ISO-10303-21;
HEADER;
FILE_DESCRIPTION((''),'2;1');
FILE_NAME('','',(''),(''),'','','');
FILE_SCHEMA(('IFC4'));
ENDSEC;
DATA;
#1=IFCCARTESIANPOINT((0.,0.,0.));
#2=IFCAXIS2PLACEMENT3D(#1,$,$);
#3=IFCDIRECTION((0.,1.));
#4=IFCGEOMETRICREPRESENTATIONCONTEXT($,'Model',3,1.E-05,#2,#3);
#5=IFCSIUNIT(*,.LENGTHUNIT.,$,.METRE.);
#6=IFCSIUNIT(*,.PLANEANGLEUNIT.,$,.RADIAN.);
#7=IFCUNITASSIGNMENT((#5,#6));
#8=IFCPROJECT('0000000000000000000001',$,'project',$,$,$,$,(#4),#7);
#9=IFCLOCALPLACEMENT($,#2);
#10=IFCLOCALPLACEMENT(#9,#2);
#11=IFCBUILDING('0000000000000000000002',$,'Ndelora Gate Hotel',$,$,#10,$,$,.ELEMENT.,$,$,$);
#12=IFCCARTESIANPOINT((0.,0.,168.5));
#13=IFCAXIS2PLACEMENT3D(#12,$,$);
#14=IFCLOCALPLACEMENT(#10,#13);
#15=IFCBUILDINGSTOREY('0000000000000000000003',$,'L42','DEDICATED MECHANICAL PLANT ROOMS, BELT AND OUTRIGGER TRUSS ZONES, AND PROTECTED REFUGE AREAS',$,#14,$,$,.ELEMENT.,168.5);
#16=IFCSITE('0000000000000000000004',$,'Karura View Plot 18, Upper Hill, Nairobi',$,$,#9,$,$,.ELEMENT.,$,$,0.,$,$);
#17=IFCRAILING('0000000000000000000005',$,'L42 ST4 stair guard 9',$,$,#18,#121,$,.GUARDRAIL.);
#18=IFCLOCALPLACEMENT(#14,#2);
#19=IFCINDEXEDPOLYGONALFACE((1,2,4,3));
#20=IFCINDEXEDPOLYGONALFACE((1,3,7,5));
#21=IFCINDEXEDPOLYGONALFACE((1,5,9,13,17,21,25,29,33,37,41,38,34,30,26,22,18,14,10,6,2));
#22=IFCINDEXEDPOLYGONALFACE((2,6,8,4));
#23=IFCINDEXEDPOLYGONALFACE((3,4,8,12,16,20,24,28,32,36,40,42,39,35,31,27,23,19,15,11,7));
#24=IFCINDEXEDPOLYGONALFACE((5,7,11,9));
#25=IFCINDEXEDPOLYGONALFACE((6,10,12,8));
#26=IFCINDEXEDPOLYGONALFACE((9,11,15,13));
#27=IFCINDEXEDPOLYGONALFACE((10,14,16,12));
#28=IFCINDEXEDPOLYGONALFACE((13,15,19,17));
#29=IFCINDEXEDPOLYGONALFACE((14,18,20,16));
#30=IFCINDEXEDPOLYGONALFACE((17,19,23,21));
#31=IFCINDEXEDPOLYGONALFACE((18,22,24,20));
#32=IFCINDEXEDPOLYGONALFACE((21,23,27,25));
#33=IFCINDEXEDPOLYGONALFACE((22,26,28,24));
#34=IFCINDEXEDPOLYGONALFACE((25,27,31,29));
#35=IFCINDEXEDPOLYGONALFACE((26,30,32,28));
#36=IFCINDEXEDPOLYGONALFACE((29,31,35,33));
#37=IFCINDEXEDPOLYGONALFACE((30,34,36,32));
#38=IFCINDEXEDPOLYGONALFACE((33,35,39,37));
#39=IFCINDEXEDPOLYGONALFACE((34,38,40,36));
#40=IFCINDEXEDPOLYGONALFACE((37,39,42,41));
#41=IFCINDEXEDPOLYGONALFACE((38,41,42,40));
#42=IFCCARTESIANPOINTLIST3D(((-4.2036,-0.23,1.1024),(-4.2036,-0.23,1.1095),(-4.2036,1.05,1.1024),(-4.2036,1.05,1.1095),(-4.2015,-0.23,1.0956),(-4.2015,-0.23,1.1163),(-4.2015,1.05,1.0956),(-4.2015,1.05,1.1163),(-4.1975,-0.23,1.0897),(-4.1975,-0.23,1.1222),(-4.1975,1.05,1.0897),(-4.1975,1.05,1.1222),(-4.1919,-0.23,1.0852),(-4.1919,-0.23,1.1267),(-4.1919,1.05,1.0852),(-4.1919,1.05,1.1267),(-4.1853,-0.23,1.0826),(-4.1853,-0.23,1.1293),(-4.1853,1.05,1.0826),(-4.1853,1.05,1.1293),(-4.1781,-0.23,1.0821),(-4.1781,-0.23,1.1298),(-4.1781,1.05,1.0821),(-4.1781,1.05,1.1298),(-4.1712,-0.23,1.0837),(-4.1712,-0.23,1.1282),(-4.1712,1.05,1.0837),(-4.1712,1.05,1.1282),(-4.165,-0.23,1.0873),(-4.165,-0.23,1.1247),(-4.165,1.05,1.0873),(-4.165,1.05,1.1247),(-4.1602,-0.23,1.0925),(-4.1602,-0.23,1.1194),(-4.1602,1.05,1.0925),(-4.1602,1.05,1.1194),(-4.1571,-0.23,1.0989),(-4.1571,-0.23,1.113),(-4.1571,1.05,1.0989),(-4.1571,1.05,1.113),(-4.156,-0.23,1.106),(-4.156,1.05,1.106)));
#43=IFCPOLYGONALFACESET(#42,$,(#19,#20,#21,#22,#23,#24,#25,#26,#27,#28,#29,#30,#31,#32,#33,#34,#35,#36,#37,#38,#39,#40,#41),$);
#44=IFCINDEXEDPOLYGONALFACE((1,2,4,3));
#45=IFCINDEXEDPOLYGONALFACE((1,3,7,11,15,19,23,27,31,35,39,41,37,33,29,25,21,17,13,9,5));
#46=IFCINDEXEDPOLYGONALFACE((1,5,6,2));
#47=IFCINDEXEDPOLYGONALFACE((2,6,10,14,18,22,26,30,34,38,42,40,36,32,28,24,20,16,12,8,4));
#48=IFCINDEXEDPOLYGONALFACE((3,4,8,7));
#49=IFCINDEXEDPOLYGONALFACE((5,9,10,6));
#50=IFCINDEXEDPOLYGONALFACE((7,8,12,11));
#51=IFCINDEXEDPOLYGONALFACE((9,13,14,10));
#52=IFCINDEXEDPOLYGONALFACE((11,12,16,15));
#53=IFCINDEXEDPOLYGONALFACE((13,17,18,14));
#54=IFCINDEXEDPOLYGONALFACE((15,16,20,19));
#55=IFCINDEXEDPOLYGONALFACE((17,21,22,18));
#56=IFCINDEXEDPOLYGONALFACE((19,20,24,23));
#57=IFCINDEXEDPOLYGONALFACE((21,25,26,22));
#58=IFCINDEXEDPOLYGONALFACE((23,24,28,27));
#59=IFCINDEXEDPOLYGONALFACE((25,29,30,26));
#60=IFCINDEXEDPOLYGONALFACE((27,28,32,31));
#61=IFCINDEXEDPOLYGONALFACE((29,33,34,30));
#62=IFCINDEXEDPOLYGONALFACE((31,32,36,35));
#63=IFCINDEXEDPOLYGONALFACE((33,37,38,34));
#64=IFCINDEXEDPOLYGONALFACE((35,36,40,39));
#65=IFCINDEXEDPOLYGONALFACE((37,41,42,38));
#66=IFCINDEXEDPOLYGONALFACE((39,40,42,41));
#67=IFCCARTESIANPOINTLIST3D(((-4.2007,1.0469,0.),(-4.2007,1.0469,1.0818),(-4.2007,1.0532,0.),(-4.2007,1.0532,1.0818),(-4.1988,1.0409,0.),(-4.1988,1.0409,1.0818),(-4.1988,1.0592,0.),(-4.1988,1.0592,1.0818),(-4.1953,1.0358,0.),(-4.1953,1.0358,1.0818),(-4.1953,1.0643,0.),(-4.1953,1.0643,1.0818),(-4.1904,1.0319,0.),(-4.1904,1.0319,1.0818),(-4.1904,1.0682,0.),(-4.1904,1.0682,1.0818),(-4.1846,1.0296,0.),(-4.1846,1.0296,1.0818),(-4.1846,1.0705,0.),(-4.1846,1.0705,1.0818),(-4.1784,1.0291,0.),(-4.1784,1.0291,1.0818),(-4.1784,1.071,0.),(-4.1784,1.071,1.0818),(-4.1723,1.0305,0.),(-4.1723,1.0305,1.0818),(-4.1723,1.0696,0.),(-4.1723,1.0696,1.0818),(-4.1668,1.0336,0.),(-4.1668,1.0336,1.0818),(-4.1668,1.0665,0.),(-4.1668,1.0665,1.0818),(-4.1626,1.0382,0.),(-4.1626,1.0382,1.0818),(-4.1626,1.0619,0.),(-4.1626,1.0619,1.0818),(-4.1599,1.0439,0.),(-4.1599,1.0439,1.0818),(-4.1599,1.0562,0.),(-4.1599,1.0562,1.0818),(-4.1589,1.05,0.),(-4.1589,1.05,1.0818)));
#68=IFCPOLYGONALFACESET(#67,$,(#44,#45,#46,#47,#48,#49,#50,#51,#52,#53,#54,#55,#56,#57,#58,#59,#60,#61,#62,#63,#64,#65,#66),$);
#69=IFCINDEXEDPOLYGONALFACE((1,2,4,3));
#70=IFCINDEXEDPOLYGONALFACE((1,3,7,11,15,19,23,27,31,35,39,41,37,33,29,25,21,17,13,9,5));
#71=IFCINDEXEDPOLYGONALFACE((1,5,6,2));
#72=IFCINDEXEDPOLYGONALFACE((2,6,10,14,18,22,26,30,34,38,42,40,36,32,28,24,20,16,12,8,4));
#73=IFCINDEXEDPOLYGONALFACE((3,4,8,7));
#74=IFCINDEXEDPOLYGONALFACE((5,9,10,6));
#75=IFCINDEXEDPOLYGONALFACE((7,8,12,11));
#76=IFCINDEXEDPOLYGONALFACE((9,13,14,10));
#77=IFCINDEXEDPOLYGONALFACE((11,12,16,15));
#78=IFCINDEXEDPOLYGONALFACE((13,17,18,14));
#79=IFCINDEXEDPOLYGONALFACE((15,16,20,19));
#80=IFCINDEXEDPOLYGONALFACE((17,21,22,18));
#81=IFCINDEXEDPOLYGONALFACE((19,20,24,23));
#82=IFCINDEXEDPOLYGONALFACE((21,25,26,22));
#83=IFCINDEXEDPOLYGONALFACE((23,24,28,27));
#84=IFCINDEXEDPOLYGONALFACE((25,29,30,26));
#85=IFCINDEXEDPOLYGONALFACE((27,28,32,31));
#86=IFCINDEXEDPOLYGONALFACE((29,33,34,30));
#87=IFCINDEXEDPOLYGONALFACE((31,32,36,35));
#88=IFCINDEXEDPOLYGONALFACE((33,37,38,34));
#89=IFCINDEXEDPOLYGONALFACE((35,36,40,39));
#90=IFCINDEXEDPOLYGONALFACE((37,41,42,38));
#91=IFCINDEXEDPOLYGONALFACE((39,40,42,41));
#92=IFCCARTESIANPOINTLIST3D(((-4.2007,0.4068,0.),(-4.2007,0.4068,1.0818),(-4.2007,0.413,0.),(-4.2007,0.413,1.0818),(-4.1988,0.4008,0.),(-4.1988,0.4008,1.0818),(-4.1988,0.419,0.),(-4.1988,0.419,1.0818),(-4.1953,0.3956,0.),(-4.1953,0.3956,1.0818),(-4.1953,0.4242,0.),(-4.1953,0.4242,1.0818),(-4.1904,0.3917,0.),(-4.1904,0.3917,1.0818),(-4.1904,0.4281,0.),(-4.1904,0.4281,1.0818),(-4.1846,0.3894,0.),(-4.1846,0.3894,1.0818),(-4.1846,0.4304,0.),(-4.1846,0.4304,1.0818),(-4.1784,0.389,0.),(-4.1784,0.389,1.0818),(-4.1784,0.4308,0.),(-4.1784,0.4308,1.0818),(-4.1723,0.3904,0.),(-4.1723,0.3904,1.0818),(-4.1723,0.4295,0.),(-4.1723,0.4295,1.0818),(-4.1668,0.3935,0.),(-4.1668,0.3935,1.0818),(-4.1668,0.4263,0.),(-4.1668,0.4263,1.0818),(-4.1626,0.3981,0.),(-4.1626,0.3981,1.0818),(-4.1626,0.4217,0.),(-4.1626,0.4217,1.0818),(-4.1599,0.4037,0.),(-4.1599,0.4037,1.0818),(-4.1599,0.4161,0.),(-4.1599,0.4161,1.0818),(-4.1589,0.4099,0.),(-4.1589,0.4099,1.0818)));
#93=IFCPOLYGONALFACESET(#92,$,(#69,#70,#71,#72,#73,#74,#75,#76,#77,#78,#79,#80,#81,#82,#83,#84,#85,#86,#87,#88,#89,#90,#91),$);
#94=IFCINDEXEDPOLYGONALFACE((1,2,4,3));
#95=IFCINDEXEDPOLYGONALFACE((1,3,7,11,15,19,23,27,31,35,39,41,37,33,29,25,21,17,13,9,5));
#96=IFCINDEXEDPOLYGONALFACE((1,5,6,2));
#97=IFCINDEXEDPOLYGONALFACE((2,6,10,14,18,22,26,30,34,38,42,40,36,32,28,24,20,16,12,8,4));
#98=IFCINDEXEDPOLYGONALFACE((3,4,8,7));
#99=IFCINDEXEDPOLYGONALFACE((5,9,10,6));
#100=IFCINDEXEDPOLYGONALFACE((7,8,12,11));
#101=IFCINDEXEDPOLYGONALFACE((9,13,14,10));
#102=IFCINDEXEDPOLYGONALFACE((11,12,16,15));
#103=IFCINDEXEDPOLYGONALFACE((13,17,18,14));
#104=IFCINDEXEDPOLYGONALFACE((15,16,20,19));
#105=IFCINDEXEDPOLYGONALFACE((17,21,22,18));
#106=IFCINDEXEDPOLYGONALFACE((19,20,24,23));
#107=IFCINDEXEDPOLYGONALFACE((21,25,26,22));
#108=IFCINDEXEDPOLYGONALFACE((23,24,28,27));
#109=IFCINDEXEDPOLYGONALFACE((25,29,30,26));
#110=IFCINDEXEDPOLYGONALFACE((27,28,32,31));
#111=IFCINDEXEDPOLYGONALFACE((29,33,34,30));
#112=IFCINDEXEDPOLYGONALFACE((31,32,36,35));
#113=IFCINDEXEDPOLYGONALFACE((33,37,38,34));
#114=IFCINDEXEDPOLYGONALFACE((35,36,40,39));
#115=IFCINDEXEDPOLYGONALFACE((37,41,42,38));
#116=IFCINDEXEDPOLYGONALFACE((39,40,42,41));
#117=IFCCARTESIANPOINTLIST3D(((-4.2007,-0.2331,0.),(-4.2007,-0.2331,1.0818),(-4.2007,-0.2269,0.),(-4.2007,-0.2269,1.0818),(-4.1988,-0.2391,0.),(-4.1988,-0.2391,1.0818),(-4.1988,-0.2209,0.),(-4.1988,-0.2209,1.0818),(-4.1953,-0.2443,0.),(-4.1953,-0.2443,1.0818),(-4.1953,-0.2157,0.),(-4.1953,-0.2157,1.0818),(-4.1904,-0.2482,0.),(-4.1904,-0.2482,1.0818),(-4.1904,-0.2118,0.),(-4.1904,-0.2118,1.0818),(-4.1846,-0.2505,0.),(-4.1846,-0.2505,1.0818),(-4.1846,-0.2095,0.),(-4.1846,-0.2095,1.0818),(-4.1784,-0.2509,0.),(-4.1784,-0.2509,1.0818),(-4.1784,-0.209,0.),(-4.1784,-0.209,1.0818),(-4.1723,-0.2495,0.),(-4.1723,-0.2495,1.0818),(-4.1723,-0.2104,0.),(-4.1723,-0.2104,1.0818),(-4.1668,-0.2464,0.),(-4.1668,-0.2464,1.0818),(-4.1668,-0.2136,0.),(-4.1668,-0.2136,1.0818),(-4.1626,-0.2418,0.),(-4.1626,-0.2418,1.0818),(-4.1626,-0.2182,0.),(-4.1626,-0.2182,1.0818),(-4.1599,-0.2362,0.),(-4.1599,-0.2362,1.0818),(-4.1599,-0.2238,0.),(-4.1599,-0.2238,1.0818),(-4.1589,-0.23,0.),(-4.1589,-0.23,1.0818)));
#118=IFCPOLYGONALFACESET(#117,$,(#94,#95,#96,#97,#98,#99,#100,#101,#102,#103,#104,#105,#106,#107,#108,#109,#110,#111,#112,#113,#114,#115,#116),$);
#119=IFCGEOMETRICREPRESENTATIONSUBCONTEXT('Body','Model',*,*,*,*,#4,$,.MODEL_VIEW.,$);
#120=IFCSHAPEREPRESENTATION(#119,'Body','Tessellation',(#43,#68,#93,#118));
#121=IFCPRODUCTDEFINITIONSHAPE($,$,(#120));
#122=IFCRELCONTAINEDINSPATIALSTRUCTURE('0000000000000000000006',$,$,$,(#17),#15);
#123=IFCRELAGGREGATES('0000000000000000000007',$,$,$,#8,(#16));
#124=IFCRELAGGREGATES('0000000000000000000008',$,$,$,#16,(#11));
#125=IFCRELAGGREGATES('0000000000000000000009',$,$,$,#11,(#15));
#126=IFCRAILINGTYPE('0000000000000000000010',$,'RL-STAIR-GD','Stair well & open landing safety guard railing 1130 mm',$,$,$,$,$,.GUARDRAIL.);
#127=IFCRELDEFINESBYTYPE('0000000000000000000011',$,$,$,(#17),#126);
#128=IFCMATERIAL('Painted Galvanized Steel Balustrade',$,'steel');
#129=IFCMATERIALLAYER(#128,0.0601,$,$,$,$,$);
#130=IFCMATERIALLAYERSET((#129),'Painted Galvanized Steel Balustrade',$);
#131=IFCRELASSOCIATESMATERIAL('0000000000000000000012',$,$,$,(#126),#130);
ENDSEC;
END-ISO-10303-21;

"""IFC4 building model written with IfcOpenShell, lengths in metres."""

from ifc_helpers import new_model, si_unit, direction, frame, origin, origin_2d, place, context, subcontext, project, spatial, circle, extrude, material, layer, layer_set, type_object, element, save


model = new_model("IFC4")

# Units and contexts
model_context = context("Model", 3, precision=1e-05, world=origin(), true_north=direction((0.0, 1.0)))
body_context = subcontext(model_context, "Body", "Model", "MODEL_VIEW")
ifc_project = project(units=[si_unit("LENGTHUNIT", "METRE"), si_unit("PLANEANGLEUNIT", "RADIAN")], contexts=[model_context])

# Site, building, storey
site_placement = place(None, origin())
site = spatial("IfcSite", under=ifc_project, at=site_placement, Name="Karura View Plot 18, Upper Hill, Nairobi", CompositionType="ELEMENT", RefElevation=0.0)
building_placement = place(site_placement, origin())
building = spatial("IfcBuilding", under=site, at=building_placement, Name="Ndelora Gate Hotel", CompositionType="ELEMENT")
storey_placement = place(building_placement, frame((0.0, 0.0, 168.5)))
storey = spatial("IfcBuildingStorey", under=building, at=storey_placement, Name="L42", Description="DEDICATED MECHANICAL PLANT ROOMS, BELT AND OUTRIGGER TRUSS ZONES, AND PROTECTED REFUGE AREAS", CompositionType="ELEMENT", Elevation=168.5)

# Railing
ifc_material_1 = material(Name="Painted Galvanized Steel Balustrade", Category="steel")
ifc_layer_1 = layer(ifc_material_1, 0.0601)
ifc_layer_set_1 = layer_set([ifc_layer_1], Name="Painted Galvanized Steel Balustrade")
railing_type = type_object("IfcRailingType", Name="RL-STAIR-GD", Description="Stair well & open landing safety guard railing 1130 mm", PredefinedType="GUARDRAIL", material=ifc_layer_set_1)
for number, where, name in (
    (1, (-4.1799, 1.05, 0.0), "L42 ST4 stair guard 9"),
):
    element("IfcRailing", number, at=place(storey_placement, frame(where)), inside=storey, type_object=railing_type, Name=name, PredefinedType="GUARDRAIL", context=body_context, shape_type="SweptSolid", body=[
        extrude(circle(Radius=0.0239, at=origin_2d()), frame((0.0, 0.0, 1.106), z_axis=(0.0, -1.0, 0.0), x_axis=(1.0, 0.0, 0.0)), (0.0, 0.0, 1.0), 1.28),
        extrude(circle(Radius=0.021, at=origin_2d()), origin(), (0.0, 0.0, 1.0), 1.0818),
        extrude(circle(Radius=0.021, at=origin_2d()), frame((0.0, -0.6401, 0.0)), (0.0, 0.0, 1.0), 1.0818),
        extrude(circle(Radius=0.021, at=origin_2d()), frame((0.0, -1.28, 0.0)), (0.0, 0.0, 1.0), 1.0818),
    ])

save(model, "model.ifc")
